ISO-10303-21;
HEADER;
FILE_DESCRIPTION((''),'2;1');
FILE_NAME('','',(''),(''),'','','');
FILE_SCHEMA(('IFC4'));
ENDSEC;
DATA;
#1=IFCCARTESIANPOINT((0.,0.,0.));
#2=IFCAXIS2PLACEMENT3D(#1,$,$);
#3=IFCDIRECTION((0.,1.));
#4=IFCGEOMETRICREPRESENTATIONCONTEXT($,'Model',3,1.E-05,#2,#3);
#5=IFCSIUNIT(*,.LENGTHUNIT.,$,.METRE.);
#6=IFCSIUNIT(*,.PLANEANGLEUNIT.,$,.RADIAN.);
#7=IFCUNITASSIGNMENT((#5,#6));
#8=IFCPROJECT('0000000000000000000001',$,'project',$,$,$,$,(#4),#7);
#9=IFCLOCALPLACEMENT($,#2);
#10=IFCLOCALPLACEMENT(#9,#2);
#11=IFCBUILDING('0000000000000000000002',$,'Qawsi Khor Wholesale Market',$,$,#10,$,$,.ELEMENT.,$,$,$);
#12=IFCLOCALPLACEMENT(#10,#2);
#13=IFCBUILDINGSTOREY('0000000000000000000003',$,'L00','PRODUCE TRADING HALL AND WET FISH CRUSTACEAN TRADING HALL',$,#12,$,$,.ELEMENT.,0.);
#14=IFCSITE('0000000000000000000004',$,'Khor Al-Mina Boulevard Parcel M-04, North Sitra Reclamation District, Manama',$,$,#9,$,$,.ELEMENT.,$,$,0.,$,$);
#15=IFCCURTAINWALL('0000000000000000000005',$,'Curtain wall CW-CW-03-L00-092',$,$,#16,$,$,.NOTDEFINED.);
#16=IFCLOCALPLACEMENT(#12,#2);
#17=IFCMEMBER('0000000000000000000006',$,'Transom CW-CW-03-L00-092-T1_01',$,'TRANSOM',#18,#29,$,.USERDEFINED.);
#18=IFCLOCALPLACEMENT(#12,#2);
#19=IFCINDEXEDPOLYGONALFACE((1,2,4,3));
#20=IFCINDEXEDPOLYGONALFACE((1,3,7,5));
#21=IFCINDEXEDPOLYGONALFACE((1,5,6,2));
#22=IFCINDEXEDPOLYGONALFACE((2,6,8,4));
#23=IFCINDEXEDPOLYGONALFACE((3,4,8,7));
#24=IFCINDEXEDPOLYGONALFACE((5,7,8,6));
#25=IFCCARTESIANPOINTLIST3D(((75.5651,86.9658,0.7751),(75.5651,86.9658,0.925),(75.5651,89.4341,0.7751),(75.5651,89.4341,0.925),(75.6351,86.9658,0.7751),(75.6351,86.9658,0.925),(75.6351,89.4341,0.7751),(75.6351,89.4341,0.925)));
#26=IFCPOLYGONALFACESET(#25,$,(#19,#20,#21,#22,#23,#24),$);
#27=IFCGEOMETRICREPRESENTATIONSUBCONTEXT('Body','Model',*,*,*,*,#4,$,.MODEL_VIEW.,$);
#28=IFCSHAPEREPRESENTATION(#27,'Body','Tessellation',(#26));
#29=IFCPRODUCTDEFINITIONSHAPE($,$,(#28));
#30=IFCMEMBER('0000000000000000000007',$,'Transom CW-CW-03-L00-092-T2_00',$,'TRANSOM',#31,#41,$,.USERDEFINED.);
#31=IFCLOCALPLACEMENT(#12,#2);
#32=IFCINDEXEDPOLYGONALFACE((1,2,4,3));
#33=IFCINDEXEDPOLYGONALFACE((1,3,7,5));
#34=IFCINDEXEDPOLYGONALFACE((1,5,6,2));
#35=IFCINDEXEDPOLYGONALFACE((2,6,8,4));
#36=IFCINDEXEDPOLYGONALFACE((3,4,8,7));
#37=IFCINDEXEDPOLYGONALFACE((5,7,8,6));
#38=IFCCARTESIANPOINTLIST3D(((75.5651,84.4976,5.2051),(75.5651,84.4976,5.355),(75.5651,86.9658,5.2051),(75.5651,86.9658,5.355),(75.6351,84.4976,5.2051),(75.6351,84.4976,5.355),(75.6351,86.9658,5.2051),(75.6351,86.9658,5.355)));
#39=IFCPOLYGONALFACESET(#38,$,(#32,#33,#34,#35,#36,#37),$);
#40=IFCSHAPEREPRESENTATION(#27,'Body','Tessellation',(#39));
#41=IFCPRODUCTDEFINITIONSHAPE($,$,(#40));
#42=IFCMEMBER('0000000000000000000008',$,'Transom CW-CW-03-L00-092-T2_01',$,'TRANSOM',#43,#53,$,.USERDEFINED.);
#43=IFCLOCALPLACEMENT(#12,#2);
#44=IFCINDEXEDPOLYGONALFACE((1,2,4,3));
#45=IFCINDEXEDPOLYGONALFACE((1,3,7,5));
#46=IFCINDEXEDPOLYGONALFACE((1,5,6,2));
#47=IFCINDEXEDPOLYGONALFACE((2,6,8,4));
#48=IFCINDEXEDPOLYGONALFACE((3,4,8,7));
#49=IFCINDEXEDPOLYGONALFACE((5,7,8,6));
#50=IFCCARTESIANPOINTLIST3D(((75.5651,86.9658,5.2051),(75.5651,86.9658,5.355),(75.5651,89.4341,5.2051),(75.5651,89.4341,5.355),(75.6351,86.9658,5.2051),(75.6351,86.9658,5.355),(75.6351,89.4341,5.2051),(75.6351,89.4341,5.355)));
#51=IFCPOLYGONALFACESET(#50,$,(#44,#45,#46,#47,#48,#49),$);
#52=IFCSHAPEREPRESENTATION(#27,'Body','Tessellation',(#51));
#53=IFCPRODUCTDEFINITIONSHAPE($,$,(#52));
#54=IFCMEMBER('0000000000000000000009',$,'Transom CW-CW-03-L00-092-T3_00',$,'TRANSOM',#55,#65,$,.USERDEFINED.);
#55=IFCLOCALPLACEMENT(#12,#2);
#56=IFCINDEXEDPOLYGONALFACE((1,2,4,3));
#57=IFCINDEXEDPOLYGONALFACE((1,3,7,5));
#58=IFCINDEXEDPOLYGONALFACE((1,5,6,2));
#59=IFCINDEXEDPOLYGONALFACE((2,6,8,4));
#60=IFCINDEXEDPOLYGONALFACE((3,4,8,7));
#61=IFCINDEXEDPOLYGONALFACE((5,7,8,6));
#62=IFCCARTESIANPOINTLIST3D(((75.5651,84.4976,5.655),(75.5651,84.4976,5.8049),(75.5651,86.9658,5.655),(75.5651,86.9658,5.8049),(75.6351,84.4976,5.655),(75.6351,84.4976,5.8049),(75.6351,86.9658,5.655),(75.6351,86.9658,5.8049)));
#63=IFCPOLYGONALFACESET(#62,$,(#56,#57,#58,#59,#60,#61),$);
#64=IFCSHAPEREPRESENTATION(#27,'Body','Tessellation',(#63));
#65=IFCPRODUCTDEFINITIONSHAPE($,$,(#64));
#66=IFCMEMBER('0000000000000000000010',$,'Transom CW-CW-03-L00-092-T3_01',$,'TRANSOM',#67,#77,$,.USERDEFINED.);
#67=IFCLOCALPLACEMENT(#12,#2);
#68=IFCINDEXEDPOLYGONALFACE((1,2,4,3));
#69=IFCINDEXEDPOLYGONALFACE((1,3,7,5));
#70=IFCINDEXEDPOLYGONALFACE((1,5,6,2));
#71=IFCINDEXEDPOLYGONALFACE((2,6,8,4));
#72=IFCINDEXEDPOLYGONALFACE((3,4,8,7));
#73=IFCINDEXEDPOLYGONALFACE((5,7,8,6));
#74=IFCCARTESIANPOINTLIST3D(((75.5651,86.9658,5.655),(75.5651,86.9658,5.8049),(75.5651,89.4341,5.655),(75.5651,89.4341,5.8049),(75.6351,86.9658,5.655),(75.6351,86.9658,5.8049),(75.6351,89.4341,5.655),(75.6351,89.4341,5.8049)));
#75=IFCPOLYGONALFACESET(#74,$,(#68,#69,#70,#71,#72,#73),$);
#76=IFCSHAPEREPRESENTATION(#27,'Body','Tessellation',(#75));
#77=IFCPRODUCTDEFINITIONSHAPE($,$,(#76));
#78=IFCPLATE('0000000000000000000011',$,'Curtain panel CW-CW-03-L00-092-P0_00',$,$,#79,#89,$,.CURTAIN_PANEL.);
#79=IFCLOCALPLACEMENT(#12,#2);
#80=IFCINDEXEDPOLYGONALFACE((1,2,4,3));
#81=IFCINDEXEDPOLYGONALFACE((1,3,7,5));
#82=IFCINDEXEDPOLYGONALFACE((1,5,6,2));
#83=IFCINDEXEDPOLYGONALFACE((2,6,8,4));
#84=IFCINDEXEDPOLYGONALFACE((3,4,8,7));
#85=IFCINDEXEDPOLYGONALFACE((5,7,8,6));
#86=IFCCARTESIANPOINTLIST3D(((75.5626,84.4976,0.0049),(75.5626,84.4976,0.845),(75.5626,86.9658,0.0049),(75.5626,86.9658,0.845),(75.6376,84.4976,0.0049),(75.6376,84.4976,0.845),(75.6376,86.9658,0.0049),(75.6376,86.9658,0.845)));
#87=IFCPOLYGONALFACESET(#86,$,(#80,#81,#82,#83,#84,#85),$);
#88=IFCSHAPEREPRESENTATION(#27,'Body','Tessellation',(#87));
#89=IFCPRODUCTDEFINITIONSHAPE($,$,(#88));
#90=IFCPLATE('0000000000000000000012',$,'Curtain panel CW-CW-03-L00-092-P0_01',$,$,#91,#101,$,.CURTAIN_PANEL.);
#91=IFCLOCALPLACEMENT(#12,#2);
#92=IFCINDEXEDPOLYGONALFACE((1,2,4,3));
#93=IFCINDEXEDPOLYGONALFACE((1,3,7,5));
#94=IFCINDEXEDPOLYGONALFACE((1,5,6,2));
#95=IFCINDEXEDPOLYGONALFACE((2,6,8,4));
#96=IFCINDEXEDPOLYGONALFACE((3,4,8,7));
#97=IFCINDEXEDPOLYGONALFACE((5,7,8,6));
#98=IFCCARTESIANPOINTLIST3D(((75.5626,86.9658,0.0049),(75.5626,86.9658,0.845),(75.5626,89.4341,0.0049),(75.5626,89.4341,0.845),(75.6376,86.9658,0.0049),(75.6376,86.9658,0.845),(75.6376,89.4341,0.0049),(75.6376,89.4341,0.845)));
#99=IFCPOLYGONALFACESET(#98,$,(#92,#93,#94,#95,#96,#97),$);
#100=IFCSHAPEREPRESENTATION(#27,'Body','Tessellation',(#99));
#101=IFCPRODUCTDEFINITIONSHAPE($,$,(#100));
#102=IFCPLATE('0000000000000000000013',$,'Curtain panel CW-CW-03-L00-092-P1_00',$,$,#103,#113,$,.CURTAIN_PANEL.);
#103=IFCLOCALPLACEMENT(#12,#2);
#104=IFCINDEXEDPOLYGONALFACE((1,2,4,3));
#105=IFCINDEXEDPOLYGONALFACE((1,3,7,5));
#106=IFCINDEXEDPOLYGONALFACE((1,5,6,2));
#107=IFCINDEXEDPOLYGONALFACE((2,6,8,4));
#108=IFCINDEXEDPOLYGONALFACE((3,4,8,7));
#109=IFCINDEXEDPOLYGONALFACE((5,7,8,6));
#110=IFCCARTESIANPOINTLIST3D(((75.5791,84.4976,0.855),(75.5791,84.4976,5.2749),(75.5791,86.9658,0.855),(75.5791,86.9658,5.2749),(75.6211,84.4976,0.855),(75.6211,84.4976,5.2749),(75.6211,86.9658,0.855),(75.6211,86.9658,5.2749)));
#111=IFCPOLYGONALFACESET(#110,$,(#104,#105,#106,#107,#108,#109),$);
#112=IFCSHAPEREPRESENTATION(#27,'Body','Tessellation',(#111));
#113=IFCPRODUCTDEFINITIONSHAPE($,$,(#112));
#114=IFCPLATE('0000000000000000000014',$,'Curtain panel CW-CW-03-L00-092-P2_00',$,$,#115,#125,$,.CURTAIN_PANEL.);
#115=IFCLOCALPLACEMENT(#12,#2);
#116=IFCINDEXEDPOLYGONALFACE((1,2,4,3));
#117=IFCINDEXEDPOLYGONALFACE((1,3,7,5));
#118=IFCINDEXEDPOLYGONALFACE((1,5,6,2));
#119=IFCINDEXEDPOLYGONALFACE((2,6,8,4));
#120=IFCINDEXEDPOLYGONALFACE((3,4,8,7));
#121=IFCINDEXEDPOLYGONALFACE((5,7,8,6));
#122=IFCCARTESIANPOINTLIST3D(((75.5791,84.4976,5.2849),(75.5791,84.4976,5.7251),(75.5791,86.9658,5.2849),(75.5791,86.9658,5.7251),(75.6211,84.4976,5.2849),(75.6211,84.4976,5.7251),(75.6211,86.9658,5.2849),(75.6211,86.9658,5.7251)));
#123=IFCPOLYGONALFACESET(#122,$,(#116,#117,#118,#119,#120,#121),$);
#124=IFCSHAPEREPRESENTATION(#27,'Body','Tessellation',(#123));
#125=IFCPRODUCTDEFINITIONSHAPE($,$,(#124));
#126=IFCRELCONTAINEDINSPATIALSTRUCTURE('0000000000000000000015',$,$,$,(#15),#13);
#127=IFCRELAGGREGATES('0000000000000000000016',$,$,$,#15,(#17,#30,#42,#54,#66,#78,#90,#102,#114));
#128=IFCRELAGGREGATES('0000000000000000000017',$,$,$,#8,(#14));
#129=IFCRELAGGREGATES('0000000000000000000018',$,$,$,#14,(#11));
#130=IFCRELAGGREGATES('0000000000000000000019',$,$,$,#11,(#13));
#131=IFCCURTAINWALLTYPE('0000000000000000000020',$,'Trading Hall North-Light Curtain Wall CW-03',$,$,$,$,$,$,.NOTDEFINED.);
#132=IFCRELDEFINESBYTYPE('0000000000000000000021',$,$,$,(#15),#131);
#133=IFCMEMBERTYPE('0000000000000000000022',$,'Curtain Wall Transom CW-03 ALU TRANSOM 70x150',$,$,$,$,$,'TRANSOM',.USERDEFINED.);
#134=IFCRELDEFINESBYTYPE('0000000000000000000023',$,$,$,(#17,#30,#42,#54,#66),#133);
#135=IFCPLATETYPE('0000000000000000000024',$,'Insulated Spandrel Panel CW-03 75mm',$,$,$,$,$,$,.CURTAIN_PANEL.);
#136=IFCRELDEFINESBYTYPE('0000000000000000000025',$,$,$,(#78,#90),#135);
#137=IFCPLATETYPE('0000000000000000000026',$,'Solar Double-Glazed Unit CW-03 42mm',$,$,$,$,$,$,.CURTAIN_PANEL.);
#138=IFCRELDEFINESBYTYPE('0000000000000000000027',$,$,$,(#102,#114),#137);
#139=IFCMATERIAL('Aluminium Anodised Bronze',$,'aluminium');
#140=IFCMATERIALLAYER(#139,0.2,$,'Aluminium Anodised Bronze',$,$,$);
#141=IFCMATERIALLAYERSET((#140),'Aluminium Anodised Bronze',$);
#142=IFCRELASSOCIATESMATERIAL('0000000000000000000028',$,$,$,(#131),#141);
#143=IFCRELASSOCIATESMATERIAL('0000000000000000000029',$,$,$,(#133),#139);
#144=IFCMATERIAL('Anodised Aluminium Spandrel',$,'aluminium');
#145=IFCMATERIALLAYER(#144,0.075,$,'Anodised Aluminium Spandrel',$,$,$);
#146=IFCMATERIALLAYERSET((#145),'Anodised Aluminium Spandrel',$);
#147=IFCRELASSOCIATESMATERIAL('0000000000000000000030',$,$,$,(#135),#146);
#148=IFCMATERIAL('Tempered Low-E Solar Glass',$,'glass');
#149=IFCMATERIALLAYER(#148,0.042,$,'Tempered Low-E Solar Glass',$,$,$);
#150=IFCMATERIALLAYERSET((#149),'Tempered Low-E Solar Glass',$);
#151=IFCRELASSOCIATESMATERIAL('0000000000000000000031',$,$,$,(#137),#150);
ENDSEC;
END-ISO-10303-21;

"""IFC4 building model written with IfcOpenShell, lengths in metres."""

from ifc_helpers import new_model, si_unit, direction, frame, frame_2d, origin, origin_2d, place, context, subcontext, project, spatial, rectangle, extrude, material, layer, layer_set, material_profile, profile_set, type_object, element, aggregate, save


model = new_model("IFC4")

# Units and contexts
model_context = context("Model", 3, precision=1e-05, world=origin(), true_north=direction((0.0, 1.0)))
body_context = subcontext(model_context, "Body", "Model", "MODEL_VIEW")
ifc_project = project(units=[si_unit("LENGTHUNIT", "METRE"), si_unit("PLANEANGLEUNIT", "RADIAN")], contexts=[model_context])

# Site, building, storey
site_placement = place(None, origin())
site = spatial("IfcSite", under=ifc_project, at=site_placement, Name="Khor Al-Mina Boulevard Parcel M-04, North Sitra Reclamation District, Manama", CompositionType="ELEMENT", RefElevation=0.0)
building_placement = place(site_placement, origin())
building = spatial("IfcBuilding", under=site, at=building_placement, Name="Qawsi Khor Wholesale Market", CompositionType="ELEMENT")
storey_placement = place(building_placement, origin())
storey = spatial("IfcBuildingStorey", under=building, at=storey_placement, Name="L00", Description="PRODUCE TRADING HALL AND WET FISH CRUSTACEAN TRADING HALL", CompositionType="ELEMENT", Elevation=0.0)

# Shared definitions
ifc_material_1 = material(Name="Aluminium Anodised Bronze", Category="aluminium")
ifc_layer_1 = layer(ifc_material_1, 0.2, Name="Aluminium Anodised Bronze")
ifc_layer_set_1 = layer_set([ifc_layer_1], Name="Aluminium Anodised Bronze")
curtain_wall_type = type_object("IfcCurtainWallType", Name="Trading Hall North-Light Curtain Wall CW-03", PredefinedType="NOTDEFINED", material=ifc_layer_set_1)

# Curtain wall, members, plates
curtain_wall_1_placement = place(storey_placement, origin())
curtain_wall_1 = element("IfcCurtainWall", 1, at=curtain_wall_1_placement, inside=storey, type_object=curtain_wall_type, Name="Curtain wall CW-CW-03-L00-092", PredefinedType="NOTDEFINED")
ifc_material_profile_1 = material_profile(ifc_material_1, rectangle(XDim=0.0701, YDim=0.1499, at=origin_2d()), Name="ALU TRANSOM 70x150")
ifc_profile_set_1 = profile_set([ifc_material_profile_1], Name="Aluminium Anodised Bronze")
member_type_1 = type_object("IfcMemberType", Name="Curtain Wall Transom CW-03 ALU TRANSOM 70x150", ElementType="TRANSOM", PredefinedType="USERDEFINED", material=ifc_profile_set_1)
member_1_placement = place(storey_placement, frame((75.6001, 86.9658, 0.8501), z_axis=(0.0, 1.0, 0.0), x_axis=(-1.0, 0.0, 0.0)))
member_1 = element("IfcMember", 2, at=member_1_placement, type_object=member_type_1, Name="Transom CW-CW-03-L00-092-T1_01", ObjectType="TRANSOM", PredefinedType="USERDEFINED", context=body_context, shape_type="SweptSolid", body=[
    extrude(rectangle(XDim=0.0701, YDim=0.1499, at=origin_2d()), origin(), (0.0, 0.0, 1.0), 2.4683),
])
member_2_placement = place(storey_placement, frame((75.6001, 84.4976, 5.28), z_axis=(0.0, 1.0, 0.0), x_axis=(-1.0, 0.0, 0.0)))
member_2 = element("IfcMember", 3, at=member_2_placement, type_object=member_type_1, Name="Transom CW-CW-03-L00-092-T2_00", ObjectType="TRANSOM", PredefinedType="USERDEFINED", context=body_context, shape_type="SweptSolid", body=[
    extrude(rectangle(XDim=0.0701, YDim=0.1499, at=origin_2d()), origin(), (0.0, 0.0, 1.0), 2.4683),
])
member_3_placement = place(storey_placement, frame((75.6001, 86.9658, 5.28), z_axis=(0.0, 1.0, 0.0), x_axis=(-1.0, 0.0, 0.0)))
member_3 = element("IfcMember", 4, at=member_3_placement, type_object=member_type_1, Name="Transom CW-CW-03-L00-092-T2_01", ObjectType="TRANSOM", PredefinedType="USERDEFINED", context=body_context, shape_type="SweptSolid", body=[
    extrude(rectangle(XDim=0.0701, YDim=0.1499, at=origin_2d()), origin(), (0.0, 0.0, 1.0), 2.4683),
])
member_4_placement = place(storey_placement, frame((75.6001, 84.4976, 5.73), z_axis=(0.0, 1.0, 0.0), x_axis=(-1.0, 0.0, 0.0)))
member_4 = element("IfcMember", 5, at=member_4_placement, type_object=member_type_1, Name="Transom CW-CW-03-L00-092-T3_00", ObjectType="TRANSOM", PredefinedType="USERDEFINED", context=body_context, shape_type="SweptSolid", body=[
    extrude(rectangle(XDim=0.0701, YDim=0.1499, at=origin_2d()), origin(), (0.0, 0.0, 1.0), 2.4683),
])
member_5_placement = place(storey_placement, frame((75.6001, 86.9658, 5.73), z_axis=(0.0, 1.0, 0.0), x_axis=(-1.0, 0.0, 0.0)))
member_5 = element("IfcMember", 6, at=member_5_placement, type_object=member_type_1, Name="Transom CW-CW-03-L00-092-T3_01", ObjectType="TRANSOM", PredefinedType="USERDEFINED", context=body_context, shape_type="SweptSolid", body=[
    extrude(rectangle(XDim=0.0701, YDim=0.1499, at=origin_2d()), origin(), (0.0, 0.0, 1.0), 2.4683),
])
ifc_material_2 = material(Name="Anodised Aluminium Spandrel", Category="aluminium")
ifc_layer_2 = layer(ifc_material_2, 0.075, Name="Anodised Aluminium Spandrel")
ifc_layer_set_2 = layer_set([ifc_layer_2], Name="Anodised Aluminium Spandrel")
plate_type_1 = type_object("IfcPlateType", Name="Insulated Spandrel Panel CW-03 75mm", PredefinedType="CURTAIN_PANEL", material=ifc_layer_set_2)
plate_1_placement = place(storey_placement, frame((75.6001, 84.4976, 0.0049), z_axis=(0.0, 0.0, 1.0), x_axis=(0.0, 1.0, 0.0)))
plate_1 = element("IfcPlate", 7, at=plate_1_placement, type_object=plate_type_1, Name="Curtain panel CW-CW-03-L00-092-P0_00", PredefinedType="CURTAIN_PANEL", context=body_context, shape_type="SweptSolid", body=[
    extrude(rectangle(XDim=2.4683, YDim=0.075, at=frame_2d((1.2341, 0.0))), origin(), (0.0, 0.0, 1.0), 0.8401),
])
plate_2_placement = place(storey_placement, frame((75.6001, 86.9658, 0.0049), z_axis=(0.0, 0.0, 1.0), x_axis=(0.0, 1.0, 0.0)))
plate_2 = element("IfcPlate", 8, at=plate_2_placement, type_object=plate_type_1, Name="Curtain panel CW-CW-03-L00-092-P0_01", PredefinedType="CURTAIN_PANEL", context=body_context, shape_type="SweptSolid", body=[
    extrude(rectangle(XDim=2.4683, YDim=0.075, at=frame_2d((1.2341, 0.0))), origin(), (0.0, 0.0, 1.0), 0.8401),
])
ifc_material_3 = material(Name="Tempered Low-E Solar Glass", Category="glass")
ifc_layer_3 = layer(ifc_material_3, 0.042, Name="Tempered Low-E Solar Glass")
ifc_layer_set_3 = layer_set([ifc_layer_3], Name="Tempered Low-E Solar Glass")
plate_type_2 = type_object("IfcPlateType", Name="Solar Double-Glazed Unit CW-03 42mm", PredefinedType="CURTAIN_PANEL", material=ifc_layer_set_3)
plate_3_placement = place(storey_placement, frame((75.6001, 84.4976, 0.855), z_axis=(0.0, 0.0, 1.0), x_axis=(0.0, 1.0, 0.0)))
plate_3 = element("IfcPlate", 9, at=plate_3_placement, type_object=plate_type_2, Name="Curtain panel CW-CW-03-L00-092-P1_00", PredefinedType="CURTAIN_PANEL", context=body_context, shape_type="SweptSolid", body=[
    extrude(rectangle(XDim=2.4683, YDim=0.042, at=frame_2d((1.2341, 0.0))), origin(), (0.0, 0.0, 1.0), 4.4199),
])
plate_4_placement = place(storey_placement, frame((75.6001, 84.4976, 5.2849), z_axis=(0.0, 0.0, 1.0), x_axis=(0.0, 1.0, 0.0)))
plate_4 = element("IfcPlate", 10, at=plate_4_placement, type_object=plate_type_2, Name="Curtain panel CW-CW-03-L00-092-P2_00", PredefinedType="CURTAIN_PANEL", context=body_context, shape_type="SweptSolid", body=[
    extrude(rectangle(XDim=2.4683, YDim=0.042, at=frame_2d((1.2341, 0.0))), origin(), (0.0, 0.0, 1.0), 0.4402),
])
aggregate(curtain_wall_1, [member_1, member_2, member_3, member_4, member_5, plate_1, plate_2, plate_3, plate_4])

save(model, "model.ifc")
